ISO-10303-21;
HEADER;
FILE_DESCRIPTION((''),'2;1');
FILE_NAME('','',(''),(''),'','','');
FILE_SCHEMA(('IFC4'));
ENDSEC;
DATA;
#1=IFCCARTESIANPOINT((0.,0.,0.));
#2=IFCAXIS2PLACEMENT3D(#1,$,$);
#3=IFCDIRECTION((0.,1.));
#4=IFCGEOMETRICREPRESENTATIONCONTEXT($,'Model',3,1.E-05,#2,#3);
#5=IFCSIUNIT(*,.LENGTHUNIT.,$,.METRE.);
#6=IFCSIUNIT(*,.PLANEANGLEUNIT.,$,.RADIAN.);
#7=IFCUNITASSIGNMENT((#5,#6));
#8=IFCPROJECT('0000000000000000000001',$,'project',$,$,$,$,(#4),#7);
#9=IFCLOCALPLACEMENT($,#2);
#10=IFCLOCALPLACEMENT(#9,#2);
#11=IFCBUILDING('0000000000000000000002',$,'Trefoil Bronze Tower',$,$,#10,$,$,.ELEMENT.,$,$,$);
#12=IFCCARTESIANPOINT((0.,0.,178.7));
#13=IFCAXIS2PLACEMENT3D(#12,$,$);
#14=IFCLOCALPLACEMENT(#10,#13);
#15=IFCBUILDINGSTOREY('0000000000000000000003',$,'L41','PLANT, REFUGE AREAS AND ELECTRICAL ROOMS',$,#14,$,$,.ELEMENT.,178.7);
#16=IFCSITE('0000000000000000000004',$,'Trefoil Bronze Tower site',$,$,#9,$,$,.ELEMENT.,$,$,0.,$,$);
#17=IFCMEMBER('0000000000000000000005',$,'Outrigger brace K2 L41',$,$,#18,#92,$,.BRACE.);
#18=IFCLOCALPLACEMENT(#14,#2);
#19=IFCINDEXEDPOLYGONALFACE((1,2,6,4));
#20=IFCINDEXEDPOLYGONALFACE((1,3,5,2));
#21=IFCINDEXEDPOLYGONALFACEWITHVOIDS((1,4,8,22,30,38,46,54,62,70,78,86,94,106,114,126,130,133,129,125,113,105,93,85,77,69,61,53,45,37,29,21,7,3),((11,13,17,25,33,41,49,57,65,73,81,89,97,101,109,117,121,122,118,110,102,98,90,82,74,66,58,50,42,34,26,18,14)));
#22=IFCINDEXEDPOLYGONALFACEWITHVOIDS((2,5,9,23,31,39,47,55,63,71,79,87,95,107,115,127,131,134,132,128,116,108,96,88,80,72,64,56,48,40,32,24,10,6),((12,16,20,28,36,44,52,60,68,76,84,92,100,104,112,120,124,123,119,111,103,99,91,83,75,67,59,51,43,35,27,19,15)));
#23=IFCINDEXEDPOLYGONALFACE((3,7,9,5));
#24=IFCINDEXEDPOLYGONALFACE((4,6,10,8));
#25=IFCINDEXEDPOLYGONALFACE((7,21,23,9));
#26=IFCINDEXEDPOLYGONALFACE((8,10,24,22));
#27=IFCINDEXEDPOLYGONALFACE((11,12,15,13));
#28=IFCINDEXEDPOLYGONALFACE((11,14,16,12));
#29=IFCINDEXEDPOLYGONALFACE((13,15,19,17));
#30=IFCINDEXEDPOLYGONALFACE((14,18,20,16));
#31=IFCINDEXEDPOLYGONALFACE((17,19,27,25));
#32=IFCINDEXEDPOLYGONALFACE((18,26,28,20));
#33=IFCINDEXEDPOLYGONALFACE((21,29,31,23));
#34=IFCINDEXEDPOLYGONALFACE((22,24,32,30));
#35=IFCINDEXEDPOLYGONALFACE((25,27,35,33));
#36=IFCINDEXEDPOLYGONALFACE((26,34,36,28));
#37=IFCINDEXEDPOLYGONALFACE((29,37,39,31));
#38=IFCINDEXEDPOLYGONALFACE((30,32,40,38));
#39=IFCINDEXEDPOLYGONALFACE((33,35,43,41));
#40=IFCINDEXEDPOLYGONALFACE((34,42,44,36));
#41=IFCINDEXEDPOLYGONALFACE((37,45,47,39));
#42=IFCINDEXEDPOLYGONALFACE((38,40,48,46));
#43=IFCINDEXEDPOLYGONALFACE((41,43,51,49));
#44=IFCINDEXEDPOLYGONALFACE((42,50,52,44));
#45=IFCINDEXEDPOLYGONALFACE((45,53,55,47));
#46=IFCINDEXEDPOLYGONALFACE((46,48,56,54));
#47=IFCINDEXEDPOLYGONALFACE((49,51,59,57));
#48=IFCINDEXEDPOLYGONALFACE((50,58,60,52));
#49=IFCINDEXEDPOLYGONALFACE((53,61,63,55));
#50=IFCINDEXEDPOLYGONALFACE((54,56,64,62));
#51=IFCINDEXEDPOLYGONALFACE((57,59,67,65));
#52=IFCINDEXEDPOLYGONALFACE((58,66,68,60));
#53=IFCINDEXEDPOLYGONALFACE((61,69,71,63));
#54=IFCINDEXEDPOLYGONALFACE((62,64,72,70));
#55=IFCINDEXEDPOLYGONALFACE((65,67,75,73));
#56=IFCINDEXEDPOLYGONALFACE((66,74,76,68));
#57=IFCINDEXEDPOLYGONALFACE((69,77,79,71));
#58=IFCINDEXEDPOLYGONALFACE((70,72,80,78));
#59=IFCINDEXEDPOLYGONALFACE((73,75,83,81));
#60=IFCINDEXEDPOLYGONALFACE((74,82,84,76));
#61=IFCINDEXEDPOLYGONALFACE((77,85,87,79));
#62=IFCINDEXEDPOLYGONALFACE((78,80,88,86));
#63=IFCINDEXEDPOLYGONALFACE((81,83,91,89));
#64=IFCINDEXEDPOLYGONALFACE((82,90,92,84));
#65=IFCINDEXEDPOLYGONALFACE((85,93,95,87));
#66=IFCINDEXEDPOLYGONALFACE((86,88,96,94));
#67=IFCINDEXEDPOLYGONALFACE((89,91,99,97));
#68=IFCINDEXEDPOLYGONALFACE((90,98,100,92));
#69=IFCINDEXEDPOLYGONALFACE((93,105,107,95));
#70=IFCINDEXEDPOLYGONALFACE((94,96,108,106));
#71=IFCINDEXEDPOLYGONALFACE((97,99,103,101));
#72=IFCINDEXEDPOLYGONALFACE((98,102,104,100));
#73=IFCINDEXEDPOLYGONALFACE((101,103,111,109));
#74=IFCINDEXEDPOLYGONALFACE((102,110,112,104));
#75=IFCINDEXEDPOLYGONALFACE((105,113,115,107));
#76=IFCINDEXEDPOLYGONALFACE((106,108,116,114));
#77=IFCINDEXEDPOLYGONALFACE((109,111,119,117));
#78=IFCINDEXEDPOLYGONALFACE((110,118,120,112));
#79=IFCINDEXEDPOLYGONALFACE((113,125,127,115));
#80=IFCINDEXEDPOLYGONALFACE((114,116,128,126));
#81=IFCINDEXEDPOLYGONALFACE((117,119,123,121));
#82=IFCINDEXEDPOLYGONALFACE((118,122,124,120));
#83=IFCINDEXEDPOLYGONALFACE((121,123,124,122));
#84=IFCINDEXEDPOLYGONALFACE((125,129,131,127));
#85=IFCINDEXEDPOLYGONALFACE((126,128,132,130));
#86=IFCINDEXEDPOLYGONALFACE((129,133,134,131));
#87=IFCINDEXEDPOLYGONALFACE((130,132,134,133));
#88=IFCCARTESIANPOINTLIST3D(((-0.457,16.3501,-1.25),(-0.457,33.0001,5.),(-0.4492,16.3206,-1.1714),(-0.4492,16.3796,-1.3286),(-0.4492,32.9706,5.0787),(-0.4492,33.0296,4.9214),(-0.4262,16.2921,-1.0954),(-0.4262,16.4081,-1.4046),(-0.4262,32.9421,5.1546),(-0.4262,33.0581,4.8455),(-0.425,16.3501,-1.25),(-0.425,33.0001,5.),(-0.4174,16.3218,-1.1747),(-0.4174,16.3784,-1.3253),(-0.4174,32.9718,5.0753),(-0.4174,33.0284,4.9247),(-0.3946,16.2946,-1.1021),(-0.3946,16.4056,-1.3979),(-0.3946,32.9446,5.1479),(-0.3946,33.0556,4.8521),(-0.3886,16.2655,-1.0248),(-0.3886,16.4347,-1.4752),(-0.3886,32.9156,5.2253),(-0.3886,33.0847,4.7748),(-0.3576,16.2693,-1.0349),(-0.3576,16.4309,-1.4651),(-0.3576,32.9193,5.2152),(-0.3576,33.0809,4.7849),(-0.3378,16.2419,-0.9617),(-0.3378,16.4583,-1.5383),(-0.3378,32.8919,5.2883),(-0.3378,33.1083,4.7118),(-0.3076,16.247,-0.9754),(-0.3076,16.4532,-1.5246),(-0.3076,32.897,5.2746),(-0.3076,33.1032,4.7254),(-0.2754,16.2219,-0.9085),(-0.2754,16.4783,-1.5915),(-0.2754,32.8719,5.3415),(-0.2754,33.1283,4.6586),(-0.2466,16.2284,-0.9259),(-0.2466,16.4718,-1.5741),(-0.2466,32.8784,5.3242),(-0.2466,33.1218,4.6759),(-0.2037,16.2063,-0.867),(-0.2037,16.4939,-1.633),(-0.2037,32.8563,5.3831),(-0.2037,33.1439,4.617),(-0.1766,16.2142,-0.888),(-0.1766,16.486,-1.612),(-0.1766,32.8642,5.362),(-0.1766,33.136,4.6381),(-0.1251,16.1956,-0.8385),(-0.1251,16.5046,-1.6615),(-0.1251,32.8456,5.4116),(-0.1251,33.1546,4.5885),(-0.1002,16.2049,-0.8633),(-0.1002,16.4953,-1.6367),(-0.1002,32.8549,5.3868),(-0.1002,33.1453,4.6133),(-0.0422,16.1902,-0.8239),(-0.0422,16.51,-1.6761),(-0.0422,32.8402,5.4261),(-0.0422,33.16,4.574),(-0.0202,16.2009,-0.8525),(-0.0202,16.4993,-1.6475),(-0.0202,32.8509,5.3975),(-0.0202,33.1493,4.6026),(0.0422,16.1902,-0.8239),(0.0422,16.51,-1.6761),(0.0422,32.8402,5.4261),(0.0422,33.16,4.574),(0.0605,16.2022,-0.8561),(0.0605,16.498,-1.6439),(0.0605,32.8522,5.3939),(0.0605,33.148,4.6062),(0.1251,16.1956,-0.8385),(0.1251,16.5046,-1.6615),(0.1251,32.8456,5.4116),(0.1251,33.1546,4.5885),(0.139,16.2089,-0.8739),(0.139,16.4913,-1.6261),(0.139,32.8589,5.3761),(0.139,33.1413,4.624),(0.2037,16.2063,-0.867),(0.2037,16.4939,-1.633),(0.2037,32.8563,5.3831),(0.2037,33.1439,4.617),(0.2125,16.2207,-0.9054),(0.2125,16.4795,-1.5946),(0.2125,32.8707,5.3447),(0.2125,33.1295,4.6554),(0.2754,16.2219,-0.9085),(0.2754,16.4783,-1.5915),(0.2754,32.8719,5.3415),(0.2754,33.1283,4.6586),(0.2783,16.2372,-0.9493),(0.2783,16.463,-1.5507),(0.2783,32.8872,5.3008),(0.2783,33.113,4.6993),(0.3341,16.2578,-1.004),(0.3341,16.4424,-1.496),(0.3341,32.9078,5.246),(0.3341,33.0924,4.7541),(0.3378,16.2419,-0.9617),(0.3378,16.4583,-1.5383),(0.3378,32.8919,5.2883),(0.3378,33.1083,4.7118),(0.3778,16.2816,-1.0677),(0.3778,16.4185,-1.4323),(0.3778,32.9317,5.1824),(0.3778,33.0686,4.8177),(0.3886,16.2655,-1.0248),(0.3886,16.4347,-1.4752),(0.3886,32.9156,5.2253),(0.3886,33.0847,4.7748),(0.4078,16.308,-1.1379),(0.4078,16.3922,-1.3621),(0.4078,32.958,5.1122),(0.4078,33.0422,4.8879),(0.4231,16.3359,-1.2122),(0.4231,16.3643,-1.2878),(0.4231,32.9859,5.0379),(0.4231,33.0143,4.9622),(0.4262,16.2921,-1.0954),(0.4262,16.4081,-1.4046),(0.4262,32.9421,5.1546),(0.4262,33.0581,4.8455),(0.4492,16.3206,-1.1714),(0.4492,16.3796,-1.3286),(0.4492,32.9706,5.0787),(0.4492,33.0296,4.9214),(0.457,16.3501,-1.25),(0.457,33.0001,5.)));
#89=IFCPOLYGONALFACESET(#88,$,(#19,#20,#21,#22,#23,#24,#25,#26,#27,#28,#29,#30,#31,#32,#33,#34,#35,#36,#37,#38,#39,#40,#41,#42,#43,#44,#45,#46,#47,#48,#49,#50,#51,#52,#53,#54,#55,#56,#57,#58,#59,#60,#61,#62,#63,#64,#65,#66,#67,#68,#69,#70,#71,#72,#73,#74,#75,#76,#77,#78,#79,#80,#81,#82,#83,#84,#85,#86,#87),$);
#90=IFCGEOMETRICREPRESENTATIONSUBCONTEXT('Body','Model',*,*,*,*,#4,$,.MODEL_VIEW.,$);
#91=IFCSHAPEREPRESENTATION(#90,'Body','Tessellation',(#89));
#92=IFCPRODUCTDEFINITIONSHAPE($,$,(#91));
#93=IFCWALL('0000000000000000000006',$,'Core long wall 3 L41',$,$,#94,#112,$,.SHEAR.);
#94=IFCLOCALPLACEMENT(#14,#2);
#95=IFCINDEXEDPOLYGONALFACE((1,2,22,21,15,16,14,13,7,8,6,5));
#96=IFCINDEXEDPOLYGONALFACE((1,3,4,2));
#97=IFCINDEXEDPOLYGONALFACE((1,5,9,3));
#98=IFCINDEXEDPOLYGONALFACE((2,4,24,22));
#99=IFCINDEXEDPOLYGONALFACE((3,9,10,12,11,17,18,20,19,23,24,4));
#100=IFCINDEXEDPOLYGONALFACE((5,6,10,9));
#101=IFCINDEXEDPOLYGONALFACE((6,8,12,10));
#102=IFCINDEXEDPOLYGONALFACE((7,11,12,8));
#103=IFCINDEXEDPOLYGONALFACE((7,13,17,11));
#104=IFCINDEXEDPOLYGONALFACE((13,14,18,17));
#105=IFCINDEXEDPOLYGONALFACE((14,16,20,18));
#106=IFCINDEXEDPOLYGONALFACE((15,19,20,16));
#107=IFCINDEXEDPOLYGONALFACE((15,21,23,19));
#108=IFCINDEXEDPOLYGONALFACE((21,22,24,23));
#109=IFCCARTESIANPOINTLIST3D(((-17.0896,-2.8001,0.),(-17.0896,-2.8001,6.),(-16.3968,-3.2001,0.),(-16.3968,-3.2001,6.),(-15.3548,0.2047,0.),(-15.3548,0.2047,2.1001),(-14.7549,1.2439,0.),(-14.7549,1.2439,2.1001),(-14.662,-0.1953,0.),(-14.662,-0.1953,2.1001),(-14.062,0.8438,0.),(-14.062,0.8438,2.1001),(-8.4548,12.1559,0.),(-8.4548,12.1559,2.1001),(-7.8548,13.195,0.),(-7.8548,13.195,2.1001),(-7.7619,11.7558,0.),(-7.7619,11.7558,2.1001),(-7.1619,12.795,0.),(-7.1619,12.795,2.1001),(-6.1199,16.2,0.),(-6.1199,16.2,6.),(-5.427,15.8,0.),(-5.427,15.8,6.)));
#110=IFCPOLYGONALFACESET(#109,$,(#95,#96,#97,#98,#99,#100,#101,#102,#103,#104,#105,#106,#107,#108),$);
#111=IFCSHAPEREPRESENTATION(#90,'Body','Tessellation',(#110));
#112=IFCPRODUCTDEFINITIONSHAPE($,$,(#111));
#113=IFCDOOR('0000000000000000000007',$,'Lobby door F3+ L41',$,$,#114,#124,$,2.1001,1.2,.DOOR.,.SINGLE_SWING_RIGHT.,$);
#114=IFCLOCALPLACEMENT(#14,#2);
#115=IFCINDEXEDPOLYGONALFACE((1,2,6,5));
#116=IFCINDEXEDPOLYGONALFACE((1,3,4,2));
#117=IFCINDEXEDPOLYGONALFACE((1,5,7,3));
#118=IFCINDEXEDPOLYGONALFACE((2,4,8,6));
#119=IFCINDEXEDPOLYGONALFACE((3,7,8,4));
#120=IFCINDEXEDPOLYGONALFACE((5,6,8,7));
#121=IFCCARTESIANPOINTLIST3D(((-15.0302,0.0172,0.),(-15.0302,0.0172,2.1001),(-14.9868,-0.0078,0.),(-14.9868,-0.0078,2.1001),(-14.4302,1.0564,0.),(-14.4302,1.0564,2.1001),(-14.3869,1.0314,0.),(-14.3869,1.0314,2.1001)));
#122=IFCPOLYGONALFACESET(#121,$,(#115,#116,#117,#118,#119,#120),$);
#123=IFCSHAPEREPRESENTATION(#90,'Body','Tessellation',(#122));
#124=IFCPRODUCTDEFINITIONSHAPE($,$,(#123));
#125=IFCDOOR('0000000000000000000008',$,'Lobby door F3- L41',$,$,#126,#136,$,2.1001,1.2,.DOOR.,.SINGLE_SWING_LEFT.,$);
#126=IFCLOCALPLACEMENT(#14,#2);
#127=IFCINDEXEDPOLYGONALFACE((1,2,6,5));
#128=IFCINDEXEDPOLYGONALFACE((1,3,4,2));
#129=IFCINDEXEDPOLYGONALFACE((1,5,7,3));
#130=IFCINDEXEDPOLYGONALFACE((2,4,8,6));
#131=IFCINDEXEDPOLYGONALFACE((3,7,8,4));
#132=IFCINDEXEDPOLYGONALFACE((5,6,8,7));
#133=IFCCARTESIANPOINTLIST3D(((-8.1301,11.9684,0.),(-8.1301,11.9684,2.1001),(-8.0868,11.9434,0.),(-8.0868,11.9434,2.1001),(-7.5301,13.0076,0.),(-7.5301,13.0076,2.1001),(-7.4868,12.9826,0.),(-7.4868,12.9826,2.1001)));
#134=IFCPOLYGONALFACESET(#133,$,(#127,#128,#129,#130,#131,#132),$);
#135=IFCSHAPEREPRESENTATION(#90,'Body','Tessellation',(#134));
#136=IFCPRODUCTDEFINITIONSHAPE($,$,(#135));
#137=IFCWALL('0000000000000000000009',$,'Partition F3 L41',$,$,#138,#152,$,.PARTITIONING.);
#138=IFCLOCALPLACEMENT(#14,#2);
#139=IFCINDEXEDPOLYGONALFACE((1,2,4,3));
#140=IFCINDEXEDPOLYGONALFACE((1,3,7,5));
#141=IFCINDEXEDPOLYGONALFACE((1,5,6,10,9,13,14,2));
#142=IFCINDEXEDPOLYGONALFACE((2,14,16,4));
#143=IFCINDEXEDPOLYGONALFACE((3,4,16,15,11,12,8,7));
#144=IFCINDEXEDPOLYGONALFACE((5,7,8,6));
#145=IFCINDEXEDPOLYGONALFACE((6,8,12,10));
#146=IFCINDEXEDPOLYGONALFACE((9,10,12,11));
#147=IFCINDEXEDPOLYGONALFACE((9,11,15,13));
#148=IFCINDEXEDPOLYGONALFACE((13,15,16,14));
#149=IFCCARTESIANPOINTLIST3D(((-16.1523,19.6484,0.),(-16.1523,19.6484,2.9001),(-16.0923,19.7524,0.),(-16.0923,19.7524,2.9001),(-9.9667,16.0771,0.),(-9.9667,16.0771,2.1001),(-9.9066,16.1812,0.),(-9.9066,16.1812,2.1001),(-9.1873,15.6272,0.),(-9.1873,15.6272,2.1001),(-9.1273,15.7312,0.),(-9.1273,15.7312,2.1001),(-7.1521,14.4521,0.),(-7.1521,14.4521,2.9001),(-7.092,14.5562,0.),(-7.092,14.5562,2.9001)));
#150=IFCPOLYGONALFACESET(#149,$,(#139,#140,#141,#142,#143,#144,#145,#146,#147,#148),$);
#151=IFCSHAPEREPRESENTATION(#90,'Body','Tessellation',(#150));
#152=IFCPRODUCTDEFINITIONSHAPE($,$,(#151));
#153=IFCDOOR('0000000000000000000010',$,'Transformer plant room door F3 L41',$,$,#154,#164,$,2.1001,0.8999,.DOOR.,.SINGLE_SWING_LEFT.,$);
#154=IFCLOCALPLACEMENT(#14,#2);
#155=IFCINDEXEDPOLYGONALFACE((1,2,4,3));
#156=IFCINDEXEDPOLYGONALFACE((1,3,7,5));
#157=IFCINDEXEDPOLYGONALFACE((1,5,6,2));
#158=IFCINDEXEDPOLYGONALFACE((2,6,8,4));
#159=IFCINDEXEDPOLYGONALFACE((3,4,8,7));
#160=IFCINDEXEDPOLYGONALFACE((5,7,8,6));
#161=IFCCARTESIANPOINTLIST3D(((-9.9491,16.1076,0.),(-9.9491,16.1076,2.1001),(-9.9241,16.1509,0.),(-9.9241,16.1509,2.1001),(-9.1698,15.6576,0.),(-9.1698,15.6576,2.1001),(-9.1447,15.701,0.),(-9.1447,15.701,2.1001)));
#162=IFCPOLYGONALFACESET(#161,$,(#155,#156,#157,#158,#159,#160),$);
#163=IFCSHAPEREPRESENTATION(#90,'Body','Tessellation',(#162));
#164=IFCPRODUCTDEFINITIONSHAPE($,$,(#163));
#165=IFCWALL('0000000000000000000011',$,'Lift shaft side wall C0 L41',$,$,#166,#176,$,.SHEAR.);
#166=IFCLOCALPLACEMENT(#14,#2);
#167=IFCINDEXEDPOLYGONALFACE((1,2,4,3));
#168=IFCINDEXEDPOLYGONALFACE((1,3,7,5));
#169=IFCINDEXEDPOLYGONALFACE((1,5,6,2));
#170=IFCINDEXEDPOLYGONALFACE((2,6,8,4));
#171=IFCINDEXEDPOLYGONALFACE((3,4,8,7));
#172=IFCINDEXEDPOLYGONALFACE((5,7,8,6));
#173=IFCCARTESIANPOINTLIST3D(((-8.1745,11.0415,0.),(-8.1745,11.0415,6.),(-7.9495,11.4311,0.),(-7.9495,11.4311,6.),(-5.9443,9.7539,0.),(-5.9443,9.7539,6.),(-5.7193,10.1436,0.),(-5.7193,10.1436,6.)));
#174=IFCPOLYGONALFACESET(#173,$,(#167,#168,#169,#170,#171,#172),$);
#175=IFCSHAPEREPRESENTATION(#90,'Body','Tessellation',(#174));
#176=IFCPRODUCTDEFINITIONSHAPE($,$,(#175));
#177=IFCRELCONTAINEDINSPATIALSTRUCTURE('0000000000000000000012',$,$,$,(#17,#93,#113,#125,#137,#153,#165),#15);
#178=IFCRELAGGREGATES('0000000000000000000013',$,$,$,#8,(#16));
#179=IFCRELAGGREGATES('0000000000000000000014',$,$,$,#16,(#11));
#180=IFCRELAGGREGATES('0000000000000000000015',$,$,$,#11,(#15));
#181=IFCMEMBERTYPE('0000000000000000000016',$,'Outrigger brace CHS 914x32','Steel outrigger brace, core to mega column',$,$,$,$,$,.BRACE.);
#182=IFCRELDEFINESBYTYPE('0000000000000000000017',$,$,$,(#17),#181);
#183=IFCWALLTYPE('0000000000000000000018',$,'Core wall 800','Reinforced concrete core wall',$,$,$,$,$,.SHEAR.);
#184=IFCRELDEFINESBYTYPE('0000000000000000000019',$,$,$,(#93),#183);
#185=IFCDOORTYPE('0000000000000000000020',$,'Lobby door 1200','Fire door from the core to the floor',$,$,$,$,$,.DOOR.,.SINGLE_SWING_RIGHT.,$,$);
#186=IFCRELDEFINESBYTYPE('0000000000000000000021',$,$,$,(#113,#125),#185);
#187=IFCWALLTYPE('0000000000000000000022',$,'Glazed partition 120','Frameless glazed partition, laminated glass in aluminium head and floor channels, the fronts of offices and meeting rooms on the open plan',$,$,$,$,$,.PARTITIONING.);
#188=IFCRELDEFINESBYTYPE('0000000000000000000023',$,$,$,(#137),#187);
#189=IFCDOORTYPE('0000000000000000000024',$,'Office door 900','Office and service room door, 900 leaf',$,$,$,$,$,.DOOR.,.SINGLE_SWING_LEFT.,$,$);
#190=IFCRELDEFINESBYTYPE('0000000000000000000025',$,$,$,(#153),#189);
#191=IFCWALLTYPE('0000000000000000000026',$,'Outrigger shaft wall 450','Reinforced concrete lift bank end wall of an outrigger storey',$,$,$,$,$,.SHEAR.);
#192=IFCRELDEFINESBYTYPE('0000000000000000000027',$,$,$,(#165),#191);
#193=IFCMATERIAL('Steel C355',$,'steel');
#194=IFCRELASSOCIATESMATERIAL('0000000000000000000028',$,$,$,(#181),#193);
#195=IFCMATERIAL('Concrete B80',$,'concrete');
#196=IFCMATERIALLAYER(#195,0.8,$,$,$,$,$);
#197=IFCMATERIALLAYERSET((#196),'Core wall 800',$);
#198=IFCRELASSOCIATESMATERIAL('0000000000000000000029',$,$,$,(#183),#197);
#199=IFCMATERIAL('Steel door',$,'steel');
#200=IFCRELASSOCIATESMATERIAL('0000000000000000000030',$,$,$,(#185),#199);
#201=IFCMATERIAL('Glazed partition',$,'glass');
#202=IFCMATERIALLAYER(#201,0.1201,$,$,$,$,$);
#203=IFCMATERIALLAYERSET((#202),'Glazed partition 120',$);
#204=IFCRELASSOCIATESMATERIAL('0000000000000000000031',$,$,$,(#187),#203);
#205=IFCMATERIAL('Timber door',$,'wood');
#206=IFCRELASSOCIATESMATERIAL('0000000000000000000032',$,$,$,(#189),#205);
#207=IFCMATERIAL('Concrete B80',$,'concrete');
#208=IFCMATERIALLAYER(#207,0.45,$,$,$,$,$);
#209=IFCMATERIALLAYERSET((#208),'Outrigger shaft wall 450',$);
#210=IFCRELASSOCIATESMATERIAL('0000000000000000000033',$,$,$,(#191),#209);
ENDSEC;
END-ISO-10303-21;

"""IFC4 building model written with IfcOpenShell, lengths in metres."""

from ifc_helpers import new_model, si_unit, direction, frame, frame_2d, origin, origin_2d, place, context, subcontext, project, spatial, rectangle, hollow_circle, extrude, material, layer, layer_set, material_profile, profile_set, type_object, element, fill, save


model = new_model("IFC4")

# Units and contexts
model_context = context("Model", 3, precision=1e-05, world=origin(), true_north=direction((0.0, 1.0)))
body_context = subcontext(model_context, "Body", "Model", "MODEL_VIEW")
ifc_project = project(units=[si_unit("LENGTHUNIT", "METRE"), si_unit("PLANEANGLEUNIT", "RADIAN")], contexts=[model_context])

# Site, building, storey
site_placement = place(None, origin())
site = spatial("IfcSite", under=ifc_project, at=site_placement, Name="Trefoil Bronze Tower site", CompositionType="ELEMENT", RefElevation=0.0)
building_placement = place(site_placement, origin())
building = spatial("IfcBuilding", under=site, at=building_placement, Name="Trefoil Bronze Tower", CompositionType="ELEMENT")
storey_placement = place(building_placement, frame((0.0, 0.0, 178.7)))
storey = spatial("IfcBuildingStorey", under=building, at=storey_placement, Name="L41", Description="PLANT, REFUGE AREAS AND ELECTRICAL ROOMS", CompositionType="ELEMENT", Elevation=178.7)

# Member
ifc_material_1 = material(Name="Steel C355", Category="steel")
ifc_material_profile_1 = material_profile(ifc_material_1, hollow_circle(Radius=0.457, WallThickness=0.032, at=origin_2d()), Name="CHS 914x32")
ifc_profile_set_1 = profile_set([ifc_material_profile_1], Name="Steel C355")
member_type = type_object("IfcMemberType", Name="Outrigger brace CHS 914x32", Description="Steel outrigger brace, core to mega column", PredefinedType="BRACE", material=ifc_profile_set_1)
member_placement = place(storey_placement, frame((0.0, 16.3501, -1.25), z_axis=(0.0, 0.936213, 0.351433), x_axis=(-1.0, 0.0, 0.0)))
element("IfcMember", 1, at=member_placement, inside=storey, type_object=member_type, Name="Outrigger brace K2 L41", PredefinedType="BRACE", context=body_context, shape_type="SweptSolid", body=[
    extrude(hollow_circle(Radius=0.457, WallThickness=0.032, at=origin_2d()), origin(), (0.0, 0.0, 1.0), 17.7844),
])

# Wall, openings, doors
ifc_material_2 = material(Name="Concrete B80", Category="concrete")
ifc_layer_1 = layer(ifc_material_2, 0.8)
ifc_layer_set_1 = layer_set([ifc_layer_1], Name="Core wall 800")
wall_type_1 = type_object("IfcWallType", Name="Core wall 800", Description="Reinforced concrete core wall", PredefinedType="SHEAR", material=ifc_layer_set_1)
wall_1_placement = place(storey_placement, frame((-5.7734, 16.0, 0.0), z_axis=(0.0, 0.0, 1.0), x_axis=(-0.500002, -0.866024, 0.0)))
wall_1 = element("IfcWall", 2, at=wall_1_placement, inside=storey, type_object=wall_type_1, Name="Core long wall 3 L41", PredefinedType="SHEAR", context=body_context, shape_type="SweptSolid", body=[
    extrude(rectangle(XDim=21.9395, YDim=0.8, at=frame_2d((10.9697, 0.0))), origin(), (0.0, 0.0, 1.0), 6.0),
])
opening_1_placement = place(wall_1_placement, frame((17.2698, 0.0, 0.0)))
opening_1 = element("IfcOpeningElement", 3, at=opening_1_placement, cuts=wall_1, PredefinedType="OPENING", context=body_context, shape_type="SweptSolid", body=[
    extrude(rectangle(XDim=1.2, YDim=2.1001, at=frame_2d((0.6001, 1.05))), frame((0.0, 0.4099, 0.0), z_axis=(0.0, -1.0, 0.0), x_axis=(1.0, 0.0, 0.0)), (0.0, 0.0, 1.0), 0.8201),
])
opening_2_placement = place(wall_1_placement, frame((3.4697, 0.0, 0.0)))
opening_2 = element("IfcOpeningElement", 4, at=opening_2_placement, cuts=wall_1, PredefinedType="OPENING", context=body_context, shape_type="SweptSolid", body=[
    extrude(rectangle(XDim=1.2, YDim=2.1001, at=frame_2d((0.6001, 1.05))), frame((0.0, 0.4099, 0.0), z_axis=(0.0, -1.0, 0.0), x_axis=(1.0, 0.0, 0.0)), (0.0, 0.0, 1.0), 0.8201),
])
ifc_material_3 = material(Name="Steel door", Category="steel")
door_type_1 = type_object("IfcDoorType", Name="Lobby door 1200", Description="Fire door from the core to the floor", OperationType="SINGLE_SWING_RIGHT", PredefinedType="DOOR", material=ifc_material_3)
door_1_placement = place(opening_1_placement, origin())
door_1 = element("IfcDoor", 5, at=door_1_placement, inside=storey, type_object=door_type_1, Name="Lobby door F3+ L41", OperationType="SINGLE_SWING_RIGHT", OverallHeight=2.1001, OverallWidth=1.2, PredefinedType="DOOR", context=body_context, shape_type="SweptSolid", body=[
    extrude(rectangle(XDim=1.2, YDim=2.1001, at=frame_2d((0.6001, 1.05))), frame((0.0, 0.0249, 0.0), z_axis=(0.0, -1.0, 0.0), x_axis=(1.0, 0.0, 0.0)), (0.0, 0.0, 1.0), 0.05),
])
fill(opening_1, door_1)
door_2_placement = place(opening_2_placement, origin())
door_2 = element("IfcDoor", 6, at=door_2_placement, inside=storey, type_object=door_type_1, Name="Lobby door F3- L41", OperationType="SINGLE_SWING_LEFT", OverallHeight=2.1001, OverallWidth=1.2, PredefinedType="DOOR", context=body_context, shape_type="SweptSolid", body=[
    extrude(rectangle(XDim=1.2, YDim=2.1001, at=frame_2d((0.6001, 1.05))), frame((0.0, 0.0249, 0.0), z_axis=(0.0, -1.0, 0.0), x_axis=(1.0, 0.0, 0.0)), (0.0, 0.0, 1.0), 0.05),
])
fill(opening_2, door_2)

# Wall, opening, door
ifc_material_4 = material(Name="Glazed partition", Category="glass")
ifc_layer_2 = layer(ifc_material_4, 0.1201)
ifc_layer_set_2 = layer_set([ifc_layer_2], Name="Glazed partition 120")
wall_type_2 = type_object("IfcWallType", Name="Glazed partition 120", Description="Frameless glazed partition, laminated glass in aluminium head and floor channels, the fronts of offices and meeting rooms on the open plan", PredefinedType="PARTITIONING", material=ifc_layer_set_2)
wall_2_placement = place(storey_placement, frame((-7.1221, 14.5042, 0.0), z_axis=(0.0, 0.0, 1.0), x_axis=(-0.866026, 0.5, 0.0)))
wall_2 = element("IfcWall", 7, at=wall_2_placement, inside=storey, type_object=wall_type_2, Name="Partition F3 L41", PredefinedType="PARTITIONING", context=body_context, shape_type="SweptSolid", body=[
    extrude(rectangle(XDim=10.3926, YDim=0.1201, at=frame_2d((5.1963, 0.0))), origin(), (0.0, 0.0, 1.0), 2.9001),
])
opening_3_placement = place(wall_2_placement, frame((2.3501, 0.0, 0.0)))
opening_3 = element("IfcOpeningElement", 8, at=opening_3_placement, cuts=wall_2, PredefinedType="OPENING", context=body_context, shape_type="SweptSolid", body=[
    extrude(rectangle(XDim=0.8999, YDim=2.1001, at=frame_2d((0.45, 1.05))), frame((0.0, 0.0701, 0.0), z_axis=(0.0, -1.0, 0.0), x_axis=(1.0, 0.0, 0.0)), (0.0, 0.0, 1.0), 0.1401),
])
ifc_material_5 = material(Name="Timber door", Category="wood")
door_type_2 = type_object("IfcDoorType", Name="Office door 900", Description="Office and service room door, 900 leaf", OperationType="SINGLE_SWING_LEFT", PredefinedType="DOOR", material=ifc_material_5)
door_3_placement = place(opening_3_placement, origin())
door_3 = element("IfcDoor", 9, at=door_3_placement, inside=storey, type_object=door_type_2, Name="Transformer plant room door F3 L41", OperationType="SINGLE_SWING_LEFT", OverallHeight=2.1001, OverallWidth=0.8999, PredefinedType="DOOR", context=body_context, shape_type="SweptSolid", body=[
    extrude(rectangle(XDim=0.8999, YDim=2.1001, at=frame_2d((0.45, 1.05))), frame((0.0, 0.0249, 0.0), z_axis=(0.0, -1.0, 0.0), x_axis=(1.0, 0.0, 0.0)), (0.0, 0.0, 1.0), 0.05),
])
fill(opening_3, door_3)

# Wall
ifc_material_6 = material(Name="Concrete B80", Category="concrete")
ifc_layer_3 = layer(ifc_material_6, 0.45)
ifc_layer_set_3 = layer_set([ifc_layer_3], Name="Outrigger shaft wall 450")
wall_type_3 = type_object("IfcWallType", Name="Outrigger shaft wall 450", Description="Reinforced concrete lift bank end wall of an outrigger storey", PredefinedType="SHEAR", material=ifc_layer_set_3)
wall_3_placement = place(storey_placement, frame((-5.8318, 9.9487, 0.0), z_axis=(0.0, 0.0, 1.0), x_axis=(-0.866029, 0.499993, 0.0)))
element("IfcWall", 10, at=wall_3_placement, inside=storey, type_object=wall_type_3, Name="Lift shaft side wall C0 L41", PredefinedType="SHEAR", context=body_context, shape_type="SweptSolid", body=[
    extrude(rectangle(XDim=2.5752, YDim=0.45, at=frame_2d((1.2876, 0.0))), origin(), (0.0, 0.0, 1.0), 6.0),
])

save(model, "model.ifc")
